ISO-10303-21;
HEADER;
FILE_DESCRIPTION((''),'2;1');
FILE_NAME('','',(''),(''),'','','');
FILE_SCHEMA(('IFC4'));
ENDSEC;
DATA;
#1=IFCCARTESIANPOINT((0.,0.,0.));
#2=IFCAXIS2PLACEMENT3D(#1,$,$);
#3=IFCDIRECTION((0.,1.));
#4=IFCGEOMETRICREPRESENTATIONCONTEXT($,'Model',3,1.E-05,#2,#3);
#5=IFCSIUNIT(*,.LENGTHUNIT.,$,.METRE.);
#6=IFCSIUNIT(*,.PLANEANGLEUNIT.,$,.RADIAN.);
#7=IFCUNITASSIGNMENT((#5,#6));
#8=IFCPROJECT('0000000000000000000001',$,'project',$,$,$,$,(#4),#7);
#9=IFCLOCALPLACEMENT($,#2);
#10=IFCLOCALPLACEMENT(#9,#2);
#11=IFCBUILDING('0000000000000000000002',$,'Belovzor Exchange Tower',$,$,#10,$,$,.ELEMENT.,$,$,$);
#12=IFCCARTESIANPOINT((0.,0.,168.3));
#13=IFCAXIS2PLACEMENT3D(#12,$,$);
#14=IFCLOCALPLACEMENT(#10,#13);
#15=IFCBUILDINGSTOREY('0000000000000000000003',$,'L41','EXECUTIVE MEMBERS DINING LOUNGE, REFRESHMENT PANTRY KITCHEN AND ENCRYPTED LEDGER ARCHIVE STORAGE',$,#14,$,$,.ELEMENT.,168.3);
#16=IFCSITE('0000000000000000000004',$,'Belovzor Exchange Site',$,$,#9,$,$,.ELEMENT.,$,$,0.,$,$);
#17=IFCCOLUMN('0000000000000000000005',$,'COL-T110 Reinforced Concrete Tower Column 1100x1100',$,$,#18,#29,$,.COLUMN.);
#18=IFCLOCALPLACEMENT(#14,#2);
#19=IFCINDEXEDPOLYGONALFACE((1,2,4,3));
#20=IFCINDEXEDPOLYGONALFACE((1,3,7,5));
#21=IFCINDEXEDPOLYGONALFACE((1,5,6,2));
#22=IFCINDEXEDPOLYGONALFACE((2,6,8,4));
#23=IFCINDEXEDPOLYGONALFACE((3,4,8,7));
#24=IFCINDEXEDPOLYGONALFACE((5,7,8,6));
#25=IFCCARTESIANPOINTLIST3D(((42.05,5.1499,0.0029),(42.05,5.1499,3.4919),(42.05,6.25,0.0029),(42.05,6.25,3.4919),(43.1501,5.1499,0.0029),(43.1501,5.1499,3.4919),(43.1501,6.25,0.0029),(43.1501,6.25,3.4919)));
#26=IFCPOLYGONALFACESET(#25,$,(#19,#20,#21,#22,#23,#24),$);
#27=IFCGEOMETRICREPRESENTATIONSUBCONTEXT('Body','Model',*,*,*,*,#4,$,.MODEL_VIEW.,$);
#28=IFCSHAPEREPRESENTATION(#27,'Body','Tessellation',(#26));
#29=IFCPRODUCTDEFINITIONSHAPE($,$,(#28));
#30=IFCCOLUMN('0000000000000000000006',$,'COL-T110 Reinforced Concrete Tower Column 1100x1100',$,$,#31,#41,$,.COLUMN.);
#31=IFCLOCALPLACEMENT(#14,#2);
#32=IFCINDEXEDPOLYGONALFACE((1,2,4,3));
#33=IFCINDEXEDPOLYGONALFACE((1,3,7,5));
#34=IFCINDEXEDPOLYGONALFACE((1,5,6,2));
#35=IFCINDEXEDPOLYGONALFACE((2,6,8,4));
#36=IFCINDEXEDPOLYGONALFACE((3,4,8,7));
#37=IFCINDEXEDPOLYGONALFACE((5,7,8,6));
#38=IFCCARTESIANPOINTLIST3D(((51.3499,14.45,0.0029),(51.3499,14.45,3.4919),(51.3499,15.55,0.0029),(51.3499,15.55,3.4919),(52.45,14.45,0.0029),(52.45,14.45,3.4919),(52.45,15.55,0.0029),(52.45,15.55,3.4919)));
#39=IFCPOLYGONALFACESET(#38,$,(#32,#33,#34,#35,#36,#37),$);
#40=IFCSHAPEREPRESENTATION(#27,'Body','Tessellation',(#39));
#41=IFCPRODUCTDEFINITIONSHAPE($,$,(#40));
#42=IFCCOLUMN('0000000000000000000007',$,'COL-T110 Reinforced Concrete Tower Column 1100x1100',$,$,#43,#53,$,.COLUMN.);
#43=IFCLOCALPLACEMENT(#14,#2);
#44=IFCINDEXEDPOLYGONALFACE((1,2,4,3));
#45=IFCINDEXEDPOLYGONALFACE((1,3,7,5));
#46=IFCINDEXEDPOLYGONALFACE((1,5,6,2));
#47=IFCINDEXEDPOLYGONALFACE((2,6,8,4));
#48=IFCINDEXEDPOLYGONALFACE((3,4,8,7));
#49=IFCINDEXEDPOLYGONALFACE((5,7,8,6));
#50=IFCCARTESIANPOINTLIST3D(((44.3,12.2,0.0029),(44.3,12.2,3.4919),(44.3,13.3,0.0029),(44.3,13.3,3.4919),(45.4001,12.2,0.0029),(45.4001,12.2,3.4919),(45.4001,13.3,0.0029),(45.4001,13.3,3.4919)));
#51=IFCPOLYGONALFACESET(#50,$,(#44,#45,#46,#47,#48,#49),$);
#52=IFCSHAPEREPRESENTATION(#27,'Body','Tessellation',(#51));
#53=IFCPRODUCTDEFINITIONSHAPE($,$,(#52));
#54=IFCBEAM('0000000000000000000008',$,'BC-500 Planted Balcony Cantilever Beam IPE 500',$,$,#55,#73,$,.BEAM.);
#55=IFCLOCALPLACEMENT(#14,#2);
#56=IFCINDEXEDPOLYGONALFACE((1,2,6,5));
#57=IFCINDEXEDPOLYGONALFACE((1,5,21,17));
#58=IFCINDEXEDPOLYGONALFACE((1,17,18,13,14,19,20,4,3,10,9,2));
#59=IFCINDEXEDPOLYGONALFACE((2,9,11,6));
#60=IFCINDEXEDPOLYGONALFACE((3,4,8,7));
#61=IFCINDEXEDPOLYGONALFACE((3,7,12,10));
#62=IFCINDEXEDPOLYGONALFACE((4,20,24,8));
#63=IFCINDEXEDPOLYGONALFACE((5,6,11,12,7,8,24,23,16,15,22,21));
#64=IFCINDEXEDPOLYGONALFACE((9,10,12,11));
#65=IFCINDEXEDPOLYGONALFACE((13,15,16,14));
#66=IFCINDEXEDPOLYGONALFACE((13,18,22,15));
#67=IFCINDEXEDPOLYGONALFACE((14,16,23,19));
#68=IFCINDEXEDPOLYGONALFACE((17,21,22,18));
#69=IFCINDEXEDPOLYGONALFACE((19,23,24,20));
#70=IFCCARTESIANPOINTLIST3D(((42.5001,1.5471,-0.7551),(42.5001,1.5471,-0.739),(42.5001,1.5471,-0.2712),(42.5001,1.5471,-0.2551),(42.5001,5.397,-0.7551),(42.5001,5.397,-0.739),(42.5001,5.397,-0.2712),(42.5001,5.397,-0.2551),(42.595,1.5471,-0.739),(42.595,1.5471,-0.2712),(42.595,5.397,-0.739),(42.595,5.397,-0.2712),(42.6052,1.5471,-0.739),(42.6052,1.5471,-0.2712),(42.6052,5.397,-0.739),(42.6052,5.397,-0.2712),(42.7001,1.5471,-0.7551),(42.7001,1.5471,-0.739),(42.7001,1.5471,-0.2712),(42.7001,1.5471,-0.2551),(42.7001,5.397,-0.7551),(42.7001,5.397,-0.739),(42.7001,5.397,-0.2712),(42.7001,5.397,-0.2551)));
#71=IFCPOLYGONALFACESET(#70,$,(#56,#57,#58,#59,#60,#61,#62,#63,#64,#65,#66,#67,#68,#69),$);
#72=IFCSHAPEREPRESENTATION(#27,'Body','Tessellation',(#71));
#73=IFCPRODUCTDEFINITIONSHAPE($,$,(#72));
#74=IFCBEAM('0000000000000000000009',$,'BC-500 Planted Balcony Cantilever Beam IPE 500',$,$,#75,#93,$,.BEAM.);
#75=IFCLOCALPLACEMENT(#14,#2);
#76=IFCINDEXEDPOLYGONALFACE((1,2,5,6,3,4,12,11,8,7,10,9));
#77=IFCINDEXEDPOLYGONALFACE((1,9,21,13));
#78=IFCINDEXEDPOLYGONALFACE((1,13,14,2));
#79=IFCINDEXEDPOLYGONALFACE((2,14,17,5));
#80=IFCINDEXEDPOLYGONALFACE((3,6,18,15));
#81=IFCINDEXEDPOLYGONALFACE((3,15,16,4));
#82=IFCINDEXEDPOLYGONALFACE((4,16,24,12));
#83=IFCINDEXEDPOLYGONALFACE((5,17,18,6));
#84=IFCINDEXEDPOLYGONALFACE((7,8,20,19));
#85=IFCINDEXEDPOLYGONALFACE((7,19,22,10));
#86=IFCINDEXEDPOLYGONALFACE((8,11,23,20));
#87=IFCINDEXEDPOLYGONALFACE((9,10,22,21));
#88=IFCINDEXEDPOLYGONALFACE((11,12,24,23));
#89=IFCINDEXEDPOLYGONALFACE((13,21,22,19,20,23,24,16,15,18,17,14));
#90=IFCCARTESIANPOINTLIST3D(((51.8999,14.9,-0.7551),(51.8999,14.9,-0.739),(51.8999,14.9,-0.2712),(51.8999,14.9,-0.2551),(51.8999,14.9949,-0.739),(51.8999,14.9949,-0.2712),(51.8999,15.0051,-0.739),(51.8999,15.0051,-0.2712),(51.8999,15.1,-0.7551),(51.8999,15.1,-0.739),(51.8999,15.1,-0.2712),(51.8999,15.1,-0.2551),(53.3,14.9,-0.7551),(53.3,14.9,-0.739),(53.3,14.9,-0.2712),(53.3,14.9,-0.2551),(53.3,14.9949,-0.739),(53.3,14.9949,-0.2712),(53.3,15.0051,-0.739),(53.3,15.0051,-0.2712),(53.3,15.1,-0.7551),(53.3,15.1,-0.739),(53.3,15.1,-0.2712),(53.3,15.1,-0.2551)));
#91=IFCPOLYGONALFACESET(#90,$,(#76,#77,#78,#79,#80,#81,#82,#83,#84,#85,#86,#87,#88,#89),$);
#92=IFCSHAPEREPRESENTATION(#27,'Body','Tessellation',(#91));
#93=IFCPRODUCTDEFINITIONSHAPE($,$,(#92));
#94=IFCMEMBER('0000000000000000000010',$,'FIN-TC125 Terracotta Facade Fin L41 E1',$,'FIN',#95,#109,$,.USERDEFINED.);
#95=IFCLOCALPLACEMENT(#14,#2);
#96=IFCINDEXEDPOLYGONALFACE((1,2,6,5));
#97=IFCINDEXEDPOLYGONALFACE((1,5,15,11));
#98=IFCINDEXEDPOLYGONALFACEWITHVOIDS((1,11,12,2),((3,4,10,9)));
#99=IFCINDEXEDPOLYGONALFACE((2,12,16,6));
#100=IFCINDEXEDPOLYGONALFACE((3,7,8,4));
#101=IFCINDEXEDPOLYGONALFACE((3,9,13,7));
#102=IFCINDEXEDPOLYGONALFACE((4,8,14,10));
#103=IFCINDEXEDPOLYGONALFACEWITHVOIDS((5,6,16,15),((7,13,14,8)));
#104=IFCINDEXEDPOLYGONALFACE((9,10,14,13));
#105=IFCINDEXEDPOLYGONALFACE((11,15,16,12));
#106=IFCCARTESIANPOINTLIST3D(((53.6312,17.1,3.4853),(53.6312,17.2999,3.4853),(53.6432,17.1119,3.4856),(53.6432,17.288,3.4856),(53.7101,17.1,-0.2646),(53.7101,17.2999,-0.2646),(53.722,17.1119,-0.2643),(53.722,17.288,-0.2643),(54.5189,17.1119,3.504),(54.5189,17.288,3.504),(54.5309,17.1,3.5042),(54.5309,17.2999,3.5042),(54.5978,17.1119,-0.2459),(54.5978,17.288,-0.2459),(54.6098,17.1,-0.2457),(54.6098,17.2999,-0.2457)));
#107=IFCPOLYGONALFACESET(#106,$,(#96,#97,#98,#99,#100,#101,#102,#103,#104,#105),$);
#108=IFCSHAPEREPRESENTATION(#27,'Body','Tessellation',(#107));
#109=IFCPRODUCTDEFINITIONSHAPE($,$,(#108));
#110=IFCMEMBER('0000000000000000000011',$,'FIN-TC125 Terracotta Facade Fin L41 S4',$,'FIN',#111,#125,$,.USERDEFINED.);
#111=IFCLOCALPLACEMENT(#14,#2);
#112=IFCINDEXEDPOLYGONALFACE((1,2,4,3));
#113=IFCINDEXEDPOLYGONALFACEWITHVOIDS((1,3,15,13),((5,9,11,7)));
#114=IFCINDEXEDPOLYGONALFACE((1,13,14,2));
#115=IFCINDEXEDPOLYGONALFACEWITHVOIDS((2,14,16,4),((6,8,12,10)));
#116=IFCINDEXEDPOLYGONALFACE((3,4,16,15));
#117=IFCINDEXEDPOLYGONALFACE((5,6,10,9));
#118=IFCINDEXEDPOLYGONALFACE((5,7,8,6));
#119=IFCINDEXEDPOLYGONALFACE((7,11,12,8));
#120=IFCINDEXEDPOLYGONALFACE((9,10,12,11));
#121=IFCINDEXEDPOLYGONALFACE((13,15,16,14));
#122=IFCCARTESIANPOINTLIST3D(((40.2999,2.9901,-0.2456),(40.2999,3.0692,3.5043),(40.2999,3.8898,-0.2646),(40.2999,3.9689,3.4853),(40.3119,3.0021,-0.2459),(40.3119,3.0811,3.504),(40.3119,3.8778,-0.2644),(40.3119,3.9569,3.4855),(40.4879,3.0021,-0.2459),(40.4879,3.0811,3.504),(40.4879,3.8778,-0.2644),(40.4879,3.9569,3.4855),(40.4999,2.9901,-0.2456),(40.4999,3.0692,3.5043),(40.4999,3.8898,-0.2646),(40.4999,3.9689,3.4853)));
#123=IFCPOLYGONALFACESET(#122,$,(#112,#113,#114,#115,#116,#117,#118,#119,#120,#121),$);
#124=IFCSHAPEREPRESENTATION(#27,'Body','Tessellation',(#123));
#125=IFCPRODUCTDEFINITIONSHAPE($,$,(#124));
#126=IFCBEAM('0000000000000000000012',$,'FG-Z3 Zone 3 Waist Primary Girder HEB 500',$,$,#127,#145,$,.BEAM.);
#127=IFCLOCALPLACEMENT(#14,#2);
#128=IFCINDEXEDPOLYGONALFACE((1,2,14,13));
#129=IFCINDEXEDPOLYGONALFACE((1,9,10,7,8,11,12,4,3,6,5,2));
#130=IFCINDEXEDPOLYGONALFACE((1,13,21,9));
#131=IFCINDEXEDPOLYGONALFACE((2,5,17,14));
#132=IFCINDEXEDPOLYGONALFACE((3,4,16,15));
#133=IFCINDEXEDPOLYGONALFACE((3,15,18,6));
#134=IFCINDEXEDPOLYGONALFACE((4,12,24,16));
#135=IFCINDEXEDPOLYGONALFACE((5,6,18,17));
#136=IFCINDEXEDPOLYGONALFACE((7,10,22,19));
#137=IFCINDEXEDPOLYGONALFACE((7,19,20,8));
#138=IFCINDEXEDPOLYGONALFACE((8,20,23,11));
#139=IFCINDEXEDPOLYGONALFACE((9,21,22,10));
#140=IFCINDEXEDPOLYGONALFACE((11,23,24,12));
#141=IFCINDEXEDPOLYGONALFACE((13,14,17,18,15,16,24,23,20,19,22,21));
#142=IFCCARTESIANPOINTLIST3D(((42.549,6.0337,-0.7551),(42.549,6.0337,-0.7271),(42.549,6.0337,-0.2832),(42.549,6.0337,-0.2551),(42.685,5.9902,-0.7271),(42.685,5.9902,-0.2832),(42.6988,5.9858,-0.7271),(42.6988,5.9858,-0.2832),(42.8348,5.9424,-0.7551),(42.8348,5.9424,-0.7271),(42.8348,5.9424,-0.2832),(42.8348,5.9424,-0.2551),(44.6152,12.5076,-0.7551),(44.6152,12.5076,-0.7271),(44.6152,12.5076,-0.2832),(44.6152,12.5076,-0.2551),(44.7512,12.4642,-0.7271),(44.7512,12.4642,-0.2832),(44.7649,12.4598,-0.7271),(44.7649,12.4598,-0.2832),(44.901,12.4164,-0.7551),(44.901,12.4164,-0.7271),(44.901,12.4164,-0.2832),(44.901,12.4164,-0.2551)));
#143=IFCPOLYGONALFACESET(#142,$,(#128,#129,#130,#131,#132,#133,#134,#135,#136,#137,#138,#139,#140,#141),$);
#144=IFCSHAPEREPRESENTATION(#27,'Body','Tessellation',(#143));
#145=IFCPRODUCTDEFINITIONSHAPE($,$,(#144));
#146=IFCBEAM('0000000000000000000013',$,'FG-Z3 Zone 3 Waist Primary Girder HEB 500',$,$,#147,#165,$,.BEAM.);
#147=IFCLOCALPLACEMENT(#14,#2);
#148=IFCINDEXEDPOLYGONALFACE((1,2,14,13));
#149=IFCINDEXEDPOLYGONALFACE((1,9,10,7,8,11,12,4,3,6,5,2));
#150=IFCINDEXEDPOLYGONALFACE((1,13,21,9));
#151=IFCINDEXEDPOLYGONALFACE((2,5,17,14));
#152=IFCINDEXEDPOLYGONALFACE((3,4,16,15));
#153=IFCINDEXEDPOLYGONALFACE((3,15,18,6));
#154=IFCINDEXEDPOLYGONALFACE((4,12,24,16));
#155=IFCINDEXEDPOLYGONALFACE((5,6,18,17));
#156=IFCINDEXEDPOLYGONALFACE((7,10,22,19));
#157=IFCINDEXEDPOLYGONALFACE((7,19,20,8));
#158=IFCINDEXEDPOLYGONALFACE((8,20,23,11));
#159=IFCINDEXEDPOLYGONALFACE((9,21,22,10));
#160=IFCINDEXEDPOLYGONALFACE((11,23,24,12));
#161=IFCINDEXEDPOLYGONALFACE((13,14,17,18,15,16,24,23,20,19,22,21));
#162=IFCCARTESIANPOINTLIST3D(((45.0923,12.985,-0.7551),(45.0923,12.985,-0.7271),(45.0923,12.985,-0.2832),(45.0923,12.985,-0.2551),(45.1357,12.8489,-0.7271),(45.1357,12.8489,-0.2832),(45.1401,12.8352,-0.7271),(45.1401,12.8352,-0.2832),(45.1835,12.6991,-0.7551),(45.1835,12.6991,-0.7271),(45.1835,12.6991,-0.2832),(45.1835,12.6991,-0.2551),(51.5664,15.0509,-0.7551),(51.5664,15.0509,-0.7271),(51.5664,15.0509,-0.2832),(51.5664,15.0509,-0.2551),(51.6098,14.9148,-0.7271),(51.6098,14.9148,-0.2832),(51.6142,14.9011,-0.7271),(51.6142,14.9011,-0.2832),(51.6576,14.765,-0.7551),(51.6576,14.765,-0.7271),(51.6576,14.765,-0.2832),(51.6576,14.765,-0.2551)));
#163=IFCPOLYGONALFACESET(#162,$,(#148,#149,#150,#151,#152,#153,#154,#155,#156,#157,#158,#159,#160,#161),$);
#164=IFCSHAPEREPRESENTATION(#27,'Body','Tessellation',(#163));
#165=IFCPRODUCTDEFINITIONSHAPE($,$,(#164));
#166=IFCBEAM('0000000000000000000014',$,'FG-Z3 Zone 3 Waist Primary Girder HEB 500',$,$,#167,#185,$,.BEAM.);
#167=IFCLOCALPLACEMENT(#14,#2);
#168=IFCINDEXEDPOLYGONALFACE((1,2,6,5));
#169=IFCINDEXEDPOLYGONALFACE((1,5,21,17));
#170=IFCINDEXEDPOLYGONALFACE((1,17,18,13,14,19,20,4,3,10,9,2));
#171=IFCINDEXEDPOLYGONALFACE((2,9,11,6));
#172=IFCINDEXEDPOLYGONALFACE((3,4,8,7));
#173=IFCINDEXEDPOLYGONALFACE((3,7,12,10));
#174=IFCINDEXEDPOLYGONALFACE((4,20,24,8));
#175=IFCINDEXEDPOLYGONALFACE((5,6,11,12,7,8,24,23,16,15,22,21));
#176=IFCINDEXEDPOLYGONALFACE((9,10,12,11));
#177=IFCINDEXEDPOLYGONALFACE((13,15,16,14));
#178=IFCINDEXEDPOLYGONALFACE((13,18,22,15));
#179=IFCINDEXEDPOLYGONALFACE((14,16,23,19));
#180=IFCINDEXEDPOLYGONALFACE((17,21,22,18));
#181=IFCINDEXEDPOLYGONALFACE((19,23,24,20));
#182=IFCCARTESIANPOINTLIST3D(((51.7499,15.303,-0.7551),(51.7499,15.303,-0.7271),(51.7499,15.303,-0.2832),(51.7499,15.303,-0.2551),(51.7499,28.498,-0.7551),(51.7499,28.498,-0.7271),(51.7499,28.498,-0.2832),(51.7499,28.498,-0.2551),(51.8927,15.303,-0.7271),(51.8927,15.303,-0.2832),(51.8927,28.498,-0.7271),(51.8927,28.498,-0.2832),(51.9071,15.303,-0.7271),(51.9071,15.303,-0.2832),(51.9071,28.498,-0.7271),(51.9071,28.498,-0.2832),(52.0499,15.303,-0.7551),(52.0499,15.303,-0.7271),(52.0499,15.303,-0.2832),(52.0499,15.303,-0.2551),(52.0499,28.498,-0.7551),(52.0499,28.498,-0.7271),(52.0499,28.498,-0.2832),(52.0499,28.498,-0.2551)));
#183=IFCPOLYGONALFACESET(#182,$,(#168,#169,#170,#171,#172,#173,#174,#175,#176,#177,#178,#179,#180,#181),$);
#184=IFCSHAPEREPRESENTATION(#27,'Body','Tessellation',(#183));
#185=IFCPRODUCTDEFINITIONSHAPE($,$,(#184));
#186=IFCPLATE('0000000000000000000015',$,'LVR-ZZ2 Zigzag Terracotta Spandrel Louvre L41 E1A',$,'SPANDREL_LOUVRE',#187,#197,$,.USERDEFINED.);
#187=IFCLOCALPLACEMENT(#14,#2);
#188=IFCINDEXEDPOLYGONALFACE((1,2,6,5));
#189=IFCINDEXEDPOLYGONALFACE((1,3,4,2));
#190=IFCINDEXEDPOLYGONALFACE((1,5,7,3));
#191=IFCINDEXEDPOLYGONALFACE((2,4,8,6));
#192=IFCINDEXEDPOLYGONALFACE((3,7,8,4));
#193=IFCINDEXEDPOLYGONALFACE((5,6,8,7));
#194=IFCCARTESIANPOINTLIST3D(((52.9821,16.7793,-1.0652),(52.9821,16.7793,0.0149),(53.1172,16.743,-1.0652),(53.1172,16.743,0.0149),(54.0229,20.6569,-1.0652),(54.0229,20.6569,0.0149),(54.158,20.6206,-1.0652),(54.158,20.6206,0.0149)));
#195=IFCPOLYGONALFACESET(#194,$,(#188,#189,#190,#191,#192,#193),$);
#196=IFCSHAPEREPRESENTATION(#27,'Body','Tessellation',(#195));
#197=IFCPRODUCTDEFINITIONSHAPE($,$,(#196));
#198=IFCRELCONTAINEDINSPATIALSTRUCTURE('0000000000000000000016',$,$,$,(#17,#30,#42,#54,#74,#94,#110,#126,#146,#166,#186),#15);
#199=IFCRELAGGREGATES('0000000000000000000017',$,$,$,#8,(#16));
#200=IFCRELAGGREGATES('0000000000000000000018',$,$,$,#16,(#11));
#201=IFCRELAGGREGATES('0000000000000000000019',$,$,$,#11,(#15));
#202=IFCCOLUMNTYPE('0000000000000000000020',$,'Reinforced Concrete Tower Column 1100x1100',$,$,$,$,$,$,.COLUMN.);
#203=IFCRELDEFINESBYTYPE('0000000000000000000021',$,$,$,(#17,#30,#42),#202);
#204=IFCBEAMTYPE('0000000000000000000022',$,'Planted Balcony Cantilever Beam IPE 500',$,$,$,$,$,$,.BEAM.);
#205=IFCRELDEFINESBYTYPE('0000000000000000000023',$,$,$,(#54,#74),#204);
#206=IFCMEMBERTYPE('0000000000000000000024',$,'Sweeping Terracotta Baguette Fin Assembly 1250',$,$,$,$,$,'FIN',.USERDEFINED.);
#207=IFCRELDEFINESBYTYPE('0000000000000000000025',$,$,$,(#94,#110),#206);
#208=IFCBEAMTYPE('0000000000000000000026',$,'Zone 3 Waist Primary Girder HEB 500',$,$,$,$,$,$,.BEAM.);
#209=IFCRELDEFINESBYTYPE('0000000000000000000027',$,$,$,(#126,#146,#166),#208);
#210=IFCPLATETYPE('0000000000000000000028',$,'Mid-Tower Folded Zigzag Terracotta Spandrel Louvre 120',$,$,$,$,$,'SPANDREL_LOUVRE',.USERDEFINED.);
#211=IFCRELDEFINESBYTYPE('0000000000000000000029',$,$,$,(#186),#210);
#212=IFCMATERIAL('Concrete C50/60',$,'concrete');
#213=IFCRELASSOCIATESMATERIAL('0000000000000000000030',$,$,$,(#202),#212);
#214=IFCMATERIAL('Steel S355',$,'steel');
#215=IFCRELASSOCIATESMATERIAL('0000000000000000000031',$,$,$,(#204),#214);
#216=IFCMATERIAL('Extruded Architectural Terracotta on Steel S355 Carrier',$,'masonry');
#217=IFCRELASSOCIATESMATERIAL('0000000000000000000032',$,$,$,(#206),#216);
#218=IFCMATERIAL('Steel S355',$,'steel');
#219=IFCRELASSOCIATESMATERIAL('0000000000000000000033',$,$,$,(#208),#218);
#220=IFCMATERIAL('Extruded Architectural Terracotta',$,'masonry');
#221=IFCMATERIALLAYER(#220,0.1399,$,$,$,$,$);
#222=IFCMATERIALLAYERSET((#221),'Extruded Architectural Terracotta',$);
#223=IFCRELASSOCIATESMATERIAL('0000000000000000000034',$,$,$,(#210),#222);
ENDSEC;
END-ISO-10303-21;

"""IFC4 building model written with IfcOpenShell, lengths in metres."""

from ifc_helpers import new_model, si_unit, direction, frame, origin, origin_2d, place, context, subcontext, project, spatial, rectangle, hollow_rectangle, i_section, extrude, material, layer, layer_set, material_profile, profile_set, type_object, element, save


model = new_model("IFC4")

# Units and contexts
model_context = context("Model", 3, precision=1e-05, world=origin(), true_north=direction((0.0, 1.0)))
body_context = subcontext(model_context, "Body", "Model", "MODEL_VIEW")
ifc_project = project(units=[si_unit("LENGTHUNIT", "METRE"), si_unit("PLANEANGLEUNIT", "RADIAN")], contexts=[model_context])

# Site, building, storey
site_placement = place(None, origin())
site = spatial("IfcSite", under=ifc_project, at=site_placement, Name="Belovzor Exchange Site", CompositionType="ELEMENT", RefElevation=0.0)
building_placement = place(site_placement, origin())
building = spatial("IfcBuilding", under=site, at=building_placement, Name="Belovzor Exchange Tower", CompositionType="ELEMENT")
storey_placement = place(building_placement, frame((0.0, 0.0, 168.3)))
storey = spatial("IfcBuildingStorey", under=building, at=storey_placement, Name="L41", Description="EXECUTIVE MEMBERS DINING LOUNGE, REFRESHMENT PANTRY KITCHEN AND ENCRYPTED LEDGER ARCHIVE STORAGE", CompositionType="ELEMENT", Elevation=168.3)

# Columns
ifc_material_1 = material(Name="Concrete C50/60", Category="concrete")
ifc_material_profile_1 = material_profile(ifc_material_1, rectangle(XDim=1.1001, YDim=1.1001, at=origin_2d()))
ifc_profile_set_1 = profile_set([ifc_material_profile_1], Name="Concrete C50/60")
column_type = type_object("IfcColumnType", Name="Reinforced Concrete Tower Column 1100x1100", PredefinedType="COLUMN", material=ifc_profile_set_1)
for number, where, z_axis, x_axis, name in (
    (1, (42.6001, 5.7, 0.0029), (0.0, 0.0, 1.0), (1.0, 0.0, 0.0), "COL-T110 Reinforced Concrete Tower Column 1100x1100"),
    (2, (51.8999, 15.0, 0.0029), (0.0, 0.0, 1.0), (1.0, 0.0, 0.0), "COL-T110 Reinforced Concrete Tower Column 1100x1100"),
    (3, (44.8501, 12.75, 0.0029), (0.0, 0.0, 1.0), (1.0, 0.0, 0.0), "COL-T110 Reinforced Concrete Tower Column 1100x1100"),
):
    element("IfcColumn", number, at=place(storey_placement, frame(where, z_axis=z_axis, x_axis=x_axis)), inside=storey, type_object=column_type, Name=name, PredefinedType="COLUMN", context=body_context, shape_type="SweptSolid", body=[
        extrude(rectangle(XDim=1.1001, YDim=1.1001, at=origin_2d()), origin(), (0.0, 0.0, 1.0), 3.489),
    ])

# Beams
ifc_material_2 = material(Name="Steel S355", Category="steel")
ifc_material_profile_2 = material_profile(ifc_material_2, i_section(OverallWidth=0.2, OverallDepth=0.5, WebThickness=0.0103, FlangeThickness=0.0161, at=origin_2d()))
ifc_profile_set_2 = profile_set([ifc_material_profile_2], Name="Steel S355")
beam_type_1 = type_object("IfcBeamType", Name="Planted Balcony Cantilever Beam IPE 500", PredefinedType="BEAM", material=ifc_profile_set_2)
beam_1_placement = place(storey_placement, frame((42.6001, 5.397, -0.5051), z_axis=(0.0, -1.0, 0.0), x_axis=(1.0, 0.0, 0.0)))
element("IfcBeam", 4, at=beam_1_placement, inside=storey, type_object=beam_type_1, Name="BC-500 Planted Balcony Cantilever Beam IPE 500", PredefinedType="BEAM", context=body_context, shape_type="SweptSolid", body=[
    extrude(i_section(OverallWidth=0.2, OverallDepth=0.5, WebThickness=0.0103, FlangeThickness=0.0161, at=origin_2d()), origin(), (0.0, 0.0, 1.0), 3.8499),
])
beam_2_placement = place(storey_placement, frame((51.8999, 15.0, -0.5051), z_axis=(1.0, 0.0, 0.0), x_axis=(0.0, 1.0, 0.0)))
element("IfcBeam", 5, at=beam_2_placement, inside=storey, type_object=beam_type_1, Name="BC-500 Planted Balcony Cantilever Beam IPE 500", PredefinedType="BEAM", context=body_context, shape_type="SweptSolid", body=[
    extrude(i_section(OverallWidth=0.2, OverallDepth=0.5, WebThickness=0.0103, FlangeThickness=0.0161, at=origin_2d()), origin(), (0.0, 0.0, 1.0), 1.4001),
])

# Members
ifc_material_3 = material(Name="Extruded Architectural Terracotta on Steel S355 Carrier", Category="masonry")
ifc_material_profile_3 = material_profile(ifc_material_3, hollow_rectangle(XDim=0.2, YDim=0.8999, WallThickness=0.012, at=origin_2d()))
ifc_profile_set_3 = profile_set([ifc_material_profile_3], Name="Extruded Architectural Terracotta on Steel S355 Carrier")
member_type = type_object("IfcMemberType", Name="Sweeping Terracotta Baguette Fin Assembly 1250", ElementType="FIN", PredefinedType="USERDEFINED", material=ifc_profile_set_3)
for number, where, z_axis, x_axis, name in (
    (6, (54.1599, 17.2, -0.2551), (-0.021024, 0.0, 0.999779), (0.0, -1.0, 0.0), "FIN-TC125 Terracotta Facade Fin L41 E1"),
    (7, (40.3999, 3.4399, -0.2551), (0.0, 0.021089, 0.999778), (-1.0, 0.0, 0.0), "FIN-TC125 Terracotta Facade Fin L41 S4"),
):
    element("IfcMember", number, at=place(storey_placement, frame(where, z_axis=z_axis, x_axis=x_axis)), inside=storey, type_object=member_type, Name=name, ObjectType="FIN", PredefinedType="USERDEFINED", context=body_context, shape_type="SweptSolid", body=[
        extrude(hollow_rectangle(XDim=0.2, YDim=0.8999, WallThickness=0.012, at=origin_2d()), origin(), (0.0, 0.0, 1.0), 3.7507),
    ])

# Beams
ifc_material_4 = material(Name="Steel S355", Category="steel")
ifc_material_profile_4 = material_profile(ifc_material_4, i_section(OverallWidth=0.3, OverallDepth=0.5, WebThickness=0.0144, FlangeThickness=0.0281, at=origin_2d()))
ifc_profile_set_4 = profile_set([ifc_material_profile_4], Name="Steel S355")
beam_type_2 = type_object("IfcBeamType", Name="Zone 3 Waist Primary Girder HEB 500", PredefinedType="BEAM", material=ifc_profile_set_4)
for number, where, z_axis, x_axis, name in (
    (8, (42.6919, 5.988, -0.5051), (0.304044, 0.952658, 0.0), (-0.952658, 0.304044, 0.0), "FG-Z3 Zone 3 Waist Primary Girder HEB 500"),
    (9, (45.1379, 12.842, -0.5051), (0.952672, 0.304001, 0.0), (-0.304001, 0.952672, 0.0), "FG-Z3 Zone 3 Waist Primary Girder HEB 500"),
):
    element("IfcBeam", number, at=place(storey_placement, frame(where, z_axis=z_axis, x_axis=x_axis)), inside=storey, type_object=beam_type_2, Name=name, PredefinedType="BEAM", context=body_context, shape_type="SweptSolid", body=[
        extrude(i_section(OverallWidth=0.3, OverallDepth=0.5, WebThickness=0.0144, FlangeThickness=0.0281, at=origin_2d()), origin(), (0.0, 0.0, 1.0), 6.7957),
    ])
beam_3_placement = place(storey_placement, frame((51.8999, 15.303, -0.5051), z_axis=(0.0, 1.0, 0.0), x_axis=(-1.0, 0.0, 0.0)))
element("IfcBeam", 10, at=beam_3_placement, inside=storey, type_object=beam_type_2, Name="FG-Z3 Zone 3 Waist Primary Girder HEB 500", PredefinedType="BEAM", context=body_context, shape_type="SweptSolid", body=[
    extrude(i_section(OverallWidth=0.3, OverallDepth=0.5, WebThickness=0.0144, FlangeThickness=0.0281, at=origin_2d()), origin(), (0.0, 0.0, 1.0), 13.1951),
])

# Plate
ifc_material_5 = material(Name="Extruded Architectural Terracotta", Category="masonry")
ifc_layer_1 = layer(ifc_material_5, 0.1399)
ifc_layer_set_1 = layer_set([ifc_layer_1], Name="Extruded Architectural Terracotta")
plate_type = type_object("IfcPlateType", Name="Mid-Tower Folded Zigzag Terracotta Spandrel Louvre 120", ElementType="SPANDREL_LOUVRE", PredefinedType="USERDEFINED", material=ifc_layer_set_1)
plate_placement = place(storey_placement, frame((53.5701, 18.7, -1.0652), z_axis=(0.0, 0.0, 1.0), x_axis=(0.25924, 0.965813, 0.0)))
element("IfcPlate", 11, at=plate_placement, inside=storey, type_object=plate_type, Name="LVR-ZZ2 Zigzag Terracotta Spandrel Louvre L41 E1A", ObjectType="SPANDREL_LOUVRE", PredefinedType="USERDEFINED", context=body_context, shape_type="SweptSolid", body=[
    extrude(rectangle(XDim=4.0149, YDim=0.1399, at=origin_2d()), origin(), (0.0, 0.0, 1.0), 1.0801),
])

save(model, "model.ifc")
